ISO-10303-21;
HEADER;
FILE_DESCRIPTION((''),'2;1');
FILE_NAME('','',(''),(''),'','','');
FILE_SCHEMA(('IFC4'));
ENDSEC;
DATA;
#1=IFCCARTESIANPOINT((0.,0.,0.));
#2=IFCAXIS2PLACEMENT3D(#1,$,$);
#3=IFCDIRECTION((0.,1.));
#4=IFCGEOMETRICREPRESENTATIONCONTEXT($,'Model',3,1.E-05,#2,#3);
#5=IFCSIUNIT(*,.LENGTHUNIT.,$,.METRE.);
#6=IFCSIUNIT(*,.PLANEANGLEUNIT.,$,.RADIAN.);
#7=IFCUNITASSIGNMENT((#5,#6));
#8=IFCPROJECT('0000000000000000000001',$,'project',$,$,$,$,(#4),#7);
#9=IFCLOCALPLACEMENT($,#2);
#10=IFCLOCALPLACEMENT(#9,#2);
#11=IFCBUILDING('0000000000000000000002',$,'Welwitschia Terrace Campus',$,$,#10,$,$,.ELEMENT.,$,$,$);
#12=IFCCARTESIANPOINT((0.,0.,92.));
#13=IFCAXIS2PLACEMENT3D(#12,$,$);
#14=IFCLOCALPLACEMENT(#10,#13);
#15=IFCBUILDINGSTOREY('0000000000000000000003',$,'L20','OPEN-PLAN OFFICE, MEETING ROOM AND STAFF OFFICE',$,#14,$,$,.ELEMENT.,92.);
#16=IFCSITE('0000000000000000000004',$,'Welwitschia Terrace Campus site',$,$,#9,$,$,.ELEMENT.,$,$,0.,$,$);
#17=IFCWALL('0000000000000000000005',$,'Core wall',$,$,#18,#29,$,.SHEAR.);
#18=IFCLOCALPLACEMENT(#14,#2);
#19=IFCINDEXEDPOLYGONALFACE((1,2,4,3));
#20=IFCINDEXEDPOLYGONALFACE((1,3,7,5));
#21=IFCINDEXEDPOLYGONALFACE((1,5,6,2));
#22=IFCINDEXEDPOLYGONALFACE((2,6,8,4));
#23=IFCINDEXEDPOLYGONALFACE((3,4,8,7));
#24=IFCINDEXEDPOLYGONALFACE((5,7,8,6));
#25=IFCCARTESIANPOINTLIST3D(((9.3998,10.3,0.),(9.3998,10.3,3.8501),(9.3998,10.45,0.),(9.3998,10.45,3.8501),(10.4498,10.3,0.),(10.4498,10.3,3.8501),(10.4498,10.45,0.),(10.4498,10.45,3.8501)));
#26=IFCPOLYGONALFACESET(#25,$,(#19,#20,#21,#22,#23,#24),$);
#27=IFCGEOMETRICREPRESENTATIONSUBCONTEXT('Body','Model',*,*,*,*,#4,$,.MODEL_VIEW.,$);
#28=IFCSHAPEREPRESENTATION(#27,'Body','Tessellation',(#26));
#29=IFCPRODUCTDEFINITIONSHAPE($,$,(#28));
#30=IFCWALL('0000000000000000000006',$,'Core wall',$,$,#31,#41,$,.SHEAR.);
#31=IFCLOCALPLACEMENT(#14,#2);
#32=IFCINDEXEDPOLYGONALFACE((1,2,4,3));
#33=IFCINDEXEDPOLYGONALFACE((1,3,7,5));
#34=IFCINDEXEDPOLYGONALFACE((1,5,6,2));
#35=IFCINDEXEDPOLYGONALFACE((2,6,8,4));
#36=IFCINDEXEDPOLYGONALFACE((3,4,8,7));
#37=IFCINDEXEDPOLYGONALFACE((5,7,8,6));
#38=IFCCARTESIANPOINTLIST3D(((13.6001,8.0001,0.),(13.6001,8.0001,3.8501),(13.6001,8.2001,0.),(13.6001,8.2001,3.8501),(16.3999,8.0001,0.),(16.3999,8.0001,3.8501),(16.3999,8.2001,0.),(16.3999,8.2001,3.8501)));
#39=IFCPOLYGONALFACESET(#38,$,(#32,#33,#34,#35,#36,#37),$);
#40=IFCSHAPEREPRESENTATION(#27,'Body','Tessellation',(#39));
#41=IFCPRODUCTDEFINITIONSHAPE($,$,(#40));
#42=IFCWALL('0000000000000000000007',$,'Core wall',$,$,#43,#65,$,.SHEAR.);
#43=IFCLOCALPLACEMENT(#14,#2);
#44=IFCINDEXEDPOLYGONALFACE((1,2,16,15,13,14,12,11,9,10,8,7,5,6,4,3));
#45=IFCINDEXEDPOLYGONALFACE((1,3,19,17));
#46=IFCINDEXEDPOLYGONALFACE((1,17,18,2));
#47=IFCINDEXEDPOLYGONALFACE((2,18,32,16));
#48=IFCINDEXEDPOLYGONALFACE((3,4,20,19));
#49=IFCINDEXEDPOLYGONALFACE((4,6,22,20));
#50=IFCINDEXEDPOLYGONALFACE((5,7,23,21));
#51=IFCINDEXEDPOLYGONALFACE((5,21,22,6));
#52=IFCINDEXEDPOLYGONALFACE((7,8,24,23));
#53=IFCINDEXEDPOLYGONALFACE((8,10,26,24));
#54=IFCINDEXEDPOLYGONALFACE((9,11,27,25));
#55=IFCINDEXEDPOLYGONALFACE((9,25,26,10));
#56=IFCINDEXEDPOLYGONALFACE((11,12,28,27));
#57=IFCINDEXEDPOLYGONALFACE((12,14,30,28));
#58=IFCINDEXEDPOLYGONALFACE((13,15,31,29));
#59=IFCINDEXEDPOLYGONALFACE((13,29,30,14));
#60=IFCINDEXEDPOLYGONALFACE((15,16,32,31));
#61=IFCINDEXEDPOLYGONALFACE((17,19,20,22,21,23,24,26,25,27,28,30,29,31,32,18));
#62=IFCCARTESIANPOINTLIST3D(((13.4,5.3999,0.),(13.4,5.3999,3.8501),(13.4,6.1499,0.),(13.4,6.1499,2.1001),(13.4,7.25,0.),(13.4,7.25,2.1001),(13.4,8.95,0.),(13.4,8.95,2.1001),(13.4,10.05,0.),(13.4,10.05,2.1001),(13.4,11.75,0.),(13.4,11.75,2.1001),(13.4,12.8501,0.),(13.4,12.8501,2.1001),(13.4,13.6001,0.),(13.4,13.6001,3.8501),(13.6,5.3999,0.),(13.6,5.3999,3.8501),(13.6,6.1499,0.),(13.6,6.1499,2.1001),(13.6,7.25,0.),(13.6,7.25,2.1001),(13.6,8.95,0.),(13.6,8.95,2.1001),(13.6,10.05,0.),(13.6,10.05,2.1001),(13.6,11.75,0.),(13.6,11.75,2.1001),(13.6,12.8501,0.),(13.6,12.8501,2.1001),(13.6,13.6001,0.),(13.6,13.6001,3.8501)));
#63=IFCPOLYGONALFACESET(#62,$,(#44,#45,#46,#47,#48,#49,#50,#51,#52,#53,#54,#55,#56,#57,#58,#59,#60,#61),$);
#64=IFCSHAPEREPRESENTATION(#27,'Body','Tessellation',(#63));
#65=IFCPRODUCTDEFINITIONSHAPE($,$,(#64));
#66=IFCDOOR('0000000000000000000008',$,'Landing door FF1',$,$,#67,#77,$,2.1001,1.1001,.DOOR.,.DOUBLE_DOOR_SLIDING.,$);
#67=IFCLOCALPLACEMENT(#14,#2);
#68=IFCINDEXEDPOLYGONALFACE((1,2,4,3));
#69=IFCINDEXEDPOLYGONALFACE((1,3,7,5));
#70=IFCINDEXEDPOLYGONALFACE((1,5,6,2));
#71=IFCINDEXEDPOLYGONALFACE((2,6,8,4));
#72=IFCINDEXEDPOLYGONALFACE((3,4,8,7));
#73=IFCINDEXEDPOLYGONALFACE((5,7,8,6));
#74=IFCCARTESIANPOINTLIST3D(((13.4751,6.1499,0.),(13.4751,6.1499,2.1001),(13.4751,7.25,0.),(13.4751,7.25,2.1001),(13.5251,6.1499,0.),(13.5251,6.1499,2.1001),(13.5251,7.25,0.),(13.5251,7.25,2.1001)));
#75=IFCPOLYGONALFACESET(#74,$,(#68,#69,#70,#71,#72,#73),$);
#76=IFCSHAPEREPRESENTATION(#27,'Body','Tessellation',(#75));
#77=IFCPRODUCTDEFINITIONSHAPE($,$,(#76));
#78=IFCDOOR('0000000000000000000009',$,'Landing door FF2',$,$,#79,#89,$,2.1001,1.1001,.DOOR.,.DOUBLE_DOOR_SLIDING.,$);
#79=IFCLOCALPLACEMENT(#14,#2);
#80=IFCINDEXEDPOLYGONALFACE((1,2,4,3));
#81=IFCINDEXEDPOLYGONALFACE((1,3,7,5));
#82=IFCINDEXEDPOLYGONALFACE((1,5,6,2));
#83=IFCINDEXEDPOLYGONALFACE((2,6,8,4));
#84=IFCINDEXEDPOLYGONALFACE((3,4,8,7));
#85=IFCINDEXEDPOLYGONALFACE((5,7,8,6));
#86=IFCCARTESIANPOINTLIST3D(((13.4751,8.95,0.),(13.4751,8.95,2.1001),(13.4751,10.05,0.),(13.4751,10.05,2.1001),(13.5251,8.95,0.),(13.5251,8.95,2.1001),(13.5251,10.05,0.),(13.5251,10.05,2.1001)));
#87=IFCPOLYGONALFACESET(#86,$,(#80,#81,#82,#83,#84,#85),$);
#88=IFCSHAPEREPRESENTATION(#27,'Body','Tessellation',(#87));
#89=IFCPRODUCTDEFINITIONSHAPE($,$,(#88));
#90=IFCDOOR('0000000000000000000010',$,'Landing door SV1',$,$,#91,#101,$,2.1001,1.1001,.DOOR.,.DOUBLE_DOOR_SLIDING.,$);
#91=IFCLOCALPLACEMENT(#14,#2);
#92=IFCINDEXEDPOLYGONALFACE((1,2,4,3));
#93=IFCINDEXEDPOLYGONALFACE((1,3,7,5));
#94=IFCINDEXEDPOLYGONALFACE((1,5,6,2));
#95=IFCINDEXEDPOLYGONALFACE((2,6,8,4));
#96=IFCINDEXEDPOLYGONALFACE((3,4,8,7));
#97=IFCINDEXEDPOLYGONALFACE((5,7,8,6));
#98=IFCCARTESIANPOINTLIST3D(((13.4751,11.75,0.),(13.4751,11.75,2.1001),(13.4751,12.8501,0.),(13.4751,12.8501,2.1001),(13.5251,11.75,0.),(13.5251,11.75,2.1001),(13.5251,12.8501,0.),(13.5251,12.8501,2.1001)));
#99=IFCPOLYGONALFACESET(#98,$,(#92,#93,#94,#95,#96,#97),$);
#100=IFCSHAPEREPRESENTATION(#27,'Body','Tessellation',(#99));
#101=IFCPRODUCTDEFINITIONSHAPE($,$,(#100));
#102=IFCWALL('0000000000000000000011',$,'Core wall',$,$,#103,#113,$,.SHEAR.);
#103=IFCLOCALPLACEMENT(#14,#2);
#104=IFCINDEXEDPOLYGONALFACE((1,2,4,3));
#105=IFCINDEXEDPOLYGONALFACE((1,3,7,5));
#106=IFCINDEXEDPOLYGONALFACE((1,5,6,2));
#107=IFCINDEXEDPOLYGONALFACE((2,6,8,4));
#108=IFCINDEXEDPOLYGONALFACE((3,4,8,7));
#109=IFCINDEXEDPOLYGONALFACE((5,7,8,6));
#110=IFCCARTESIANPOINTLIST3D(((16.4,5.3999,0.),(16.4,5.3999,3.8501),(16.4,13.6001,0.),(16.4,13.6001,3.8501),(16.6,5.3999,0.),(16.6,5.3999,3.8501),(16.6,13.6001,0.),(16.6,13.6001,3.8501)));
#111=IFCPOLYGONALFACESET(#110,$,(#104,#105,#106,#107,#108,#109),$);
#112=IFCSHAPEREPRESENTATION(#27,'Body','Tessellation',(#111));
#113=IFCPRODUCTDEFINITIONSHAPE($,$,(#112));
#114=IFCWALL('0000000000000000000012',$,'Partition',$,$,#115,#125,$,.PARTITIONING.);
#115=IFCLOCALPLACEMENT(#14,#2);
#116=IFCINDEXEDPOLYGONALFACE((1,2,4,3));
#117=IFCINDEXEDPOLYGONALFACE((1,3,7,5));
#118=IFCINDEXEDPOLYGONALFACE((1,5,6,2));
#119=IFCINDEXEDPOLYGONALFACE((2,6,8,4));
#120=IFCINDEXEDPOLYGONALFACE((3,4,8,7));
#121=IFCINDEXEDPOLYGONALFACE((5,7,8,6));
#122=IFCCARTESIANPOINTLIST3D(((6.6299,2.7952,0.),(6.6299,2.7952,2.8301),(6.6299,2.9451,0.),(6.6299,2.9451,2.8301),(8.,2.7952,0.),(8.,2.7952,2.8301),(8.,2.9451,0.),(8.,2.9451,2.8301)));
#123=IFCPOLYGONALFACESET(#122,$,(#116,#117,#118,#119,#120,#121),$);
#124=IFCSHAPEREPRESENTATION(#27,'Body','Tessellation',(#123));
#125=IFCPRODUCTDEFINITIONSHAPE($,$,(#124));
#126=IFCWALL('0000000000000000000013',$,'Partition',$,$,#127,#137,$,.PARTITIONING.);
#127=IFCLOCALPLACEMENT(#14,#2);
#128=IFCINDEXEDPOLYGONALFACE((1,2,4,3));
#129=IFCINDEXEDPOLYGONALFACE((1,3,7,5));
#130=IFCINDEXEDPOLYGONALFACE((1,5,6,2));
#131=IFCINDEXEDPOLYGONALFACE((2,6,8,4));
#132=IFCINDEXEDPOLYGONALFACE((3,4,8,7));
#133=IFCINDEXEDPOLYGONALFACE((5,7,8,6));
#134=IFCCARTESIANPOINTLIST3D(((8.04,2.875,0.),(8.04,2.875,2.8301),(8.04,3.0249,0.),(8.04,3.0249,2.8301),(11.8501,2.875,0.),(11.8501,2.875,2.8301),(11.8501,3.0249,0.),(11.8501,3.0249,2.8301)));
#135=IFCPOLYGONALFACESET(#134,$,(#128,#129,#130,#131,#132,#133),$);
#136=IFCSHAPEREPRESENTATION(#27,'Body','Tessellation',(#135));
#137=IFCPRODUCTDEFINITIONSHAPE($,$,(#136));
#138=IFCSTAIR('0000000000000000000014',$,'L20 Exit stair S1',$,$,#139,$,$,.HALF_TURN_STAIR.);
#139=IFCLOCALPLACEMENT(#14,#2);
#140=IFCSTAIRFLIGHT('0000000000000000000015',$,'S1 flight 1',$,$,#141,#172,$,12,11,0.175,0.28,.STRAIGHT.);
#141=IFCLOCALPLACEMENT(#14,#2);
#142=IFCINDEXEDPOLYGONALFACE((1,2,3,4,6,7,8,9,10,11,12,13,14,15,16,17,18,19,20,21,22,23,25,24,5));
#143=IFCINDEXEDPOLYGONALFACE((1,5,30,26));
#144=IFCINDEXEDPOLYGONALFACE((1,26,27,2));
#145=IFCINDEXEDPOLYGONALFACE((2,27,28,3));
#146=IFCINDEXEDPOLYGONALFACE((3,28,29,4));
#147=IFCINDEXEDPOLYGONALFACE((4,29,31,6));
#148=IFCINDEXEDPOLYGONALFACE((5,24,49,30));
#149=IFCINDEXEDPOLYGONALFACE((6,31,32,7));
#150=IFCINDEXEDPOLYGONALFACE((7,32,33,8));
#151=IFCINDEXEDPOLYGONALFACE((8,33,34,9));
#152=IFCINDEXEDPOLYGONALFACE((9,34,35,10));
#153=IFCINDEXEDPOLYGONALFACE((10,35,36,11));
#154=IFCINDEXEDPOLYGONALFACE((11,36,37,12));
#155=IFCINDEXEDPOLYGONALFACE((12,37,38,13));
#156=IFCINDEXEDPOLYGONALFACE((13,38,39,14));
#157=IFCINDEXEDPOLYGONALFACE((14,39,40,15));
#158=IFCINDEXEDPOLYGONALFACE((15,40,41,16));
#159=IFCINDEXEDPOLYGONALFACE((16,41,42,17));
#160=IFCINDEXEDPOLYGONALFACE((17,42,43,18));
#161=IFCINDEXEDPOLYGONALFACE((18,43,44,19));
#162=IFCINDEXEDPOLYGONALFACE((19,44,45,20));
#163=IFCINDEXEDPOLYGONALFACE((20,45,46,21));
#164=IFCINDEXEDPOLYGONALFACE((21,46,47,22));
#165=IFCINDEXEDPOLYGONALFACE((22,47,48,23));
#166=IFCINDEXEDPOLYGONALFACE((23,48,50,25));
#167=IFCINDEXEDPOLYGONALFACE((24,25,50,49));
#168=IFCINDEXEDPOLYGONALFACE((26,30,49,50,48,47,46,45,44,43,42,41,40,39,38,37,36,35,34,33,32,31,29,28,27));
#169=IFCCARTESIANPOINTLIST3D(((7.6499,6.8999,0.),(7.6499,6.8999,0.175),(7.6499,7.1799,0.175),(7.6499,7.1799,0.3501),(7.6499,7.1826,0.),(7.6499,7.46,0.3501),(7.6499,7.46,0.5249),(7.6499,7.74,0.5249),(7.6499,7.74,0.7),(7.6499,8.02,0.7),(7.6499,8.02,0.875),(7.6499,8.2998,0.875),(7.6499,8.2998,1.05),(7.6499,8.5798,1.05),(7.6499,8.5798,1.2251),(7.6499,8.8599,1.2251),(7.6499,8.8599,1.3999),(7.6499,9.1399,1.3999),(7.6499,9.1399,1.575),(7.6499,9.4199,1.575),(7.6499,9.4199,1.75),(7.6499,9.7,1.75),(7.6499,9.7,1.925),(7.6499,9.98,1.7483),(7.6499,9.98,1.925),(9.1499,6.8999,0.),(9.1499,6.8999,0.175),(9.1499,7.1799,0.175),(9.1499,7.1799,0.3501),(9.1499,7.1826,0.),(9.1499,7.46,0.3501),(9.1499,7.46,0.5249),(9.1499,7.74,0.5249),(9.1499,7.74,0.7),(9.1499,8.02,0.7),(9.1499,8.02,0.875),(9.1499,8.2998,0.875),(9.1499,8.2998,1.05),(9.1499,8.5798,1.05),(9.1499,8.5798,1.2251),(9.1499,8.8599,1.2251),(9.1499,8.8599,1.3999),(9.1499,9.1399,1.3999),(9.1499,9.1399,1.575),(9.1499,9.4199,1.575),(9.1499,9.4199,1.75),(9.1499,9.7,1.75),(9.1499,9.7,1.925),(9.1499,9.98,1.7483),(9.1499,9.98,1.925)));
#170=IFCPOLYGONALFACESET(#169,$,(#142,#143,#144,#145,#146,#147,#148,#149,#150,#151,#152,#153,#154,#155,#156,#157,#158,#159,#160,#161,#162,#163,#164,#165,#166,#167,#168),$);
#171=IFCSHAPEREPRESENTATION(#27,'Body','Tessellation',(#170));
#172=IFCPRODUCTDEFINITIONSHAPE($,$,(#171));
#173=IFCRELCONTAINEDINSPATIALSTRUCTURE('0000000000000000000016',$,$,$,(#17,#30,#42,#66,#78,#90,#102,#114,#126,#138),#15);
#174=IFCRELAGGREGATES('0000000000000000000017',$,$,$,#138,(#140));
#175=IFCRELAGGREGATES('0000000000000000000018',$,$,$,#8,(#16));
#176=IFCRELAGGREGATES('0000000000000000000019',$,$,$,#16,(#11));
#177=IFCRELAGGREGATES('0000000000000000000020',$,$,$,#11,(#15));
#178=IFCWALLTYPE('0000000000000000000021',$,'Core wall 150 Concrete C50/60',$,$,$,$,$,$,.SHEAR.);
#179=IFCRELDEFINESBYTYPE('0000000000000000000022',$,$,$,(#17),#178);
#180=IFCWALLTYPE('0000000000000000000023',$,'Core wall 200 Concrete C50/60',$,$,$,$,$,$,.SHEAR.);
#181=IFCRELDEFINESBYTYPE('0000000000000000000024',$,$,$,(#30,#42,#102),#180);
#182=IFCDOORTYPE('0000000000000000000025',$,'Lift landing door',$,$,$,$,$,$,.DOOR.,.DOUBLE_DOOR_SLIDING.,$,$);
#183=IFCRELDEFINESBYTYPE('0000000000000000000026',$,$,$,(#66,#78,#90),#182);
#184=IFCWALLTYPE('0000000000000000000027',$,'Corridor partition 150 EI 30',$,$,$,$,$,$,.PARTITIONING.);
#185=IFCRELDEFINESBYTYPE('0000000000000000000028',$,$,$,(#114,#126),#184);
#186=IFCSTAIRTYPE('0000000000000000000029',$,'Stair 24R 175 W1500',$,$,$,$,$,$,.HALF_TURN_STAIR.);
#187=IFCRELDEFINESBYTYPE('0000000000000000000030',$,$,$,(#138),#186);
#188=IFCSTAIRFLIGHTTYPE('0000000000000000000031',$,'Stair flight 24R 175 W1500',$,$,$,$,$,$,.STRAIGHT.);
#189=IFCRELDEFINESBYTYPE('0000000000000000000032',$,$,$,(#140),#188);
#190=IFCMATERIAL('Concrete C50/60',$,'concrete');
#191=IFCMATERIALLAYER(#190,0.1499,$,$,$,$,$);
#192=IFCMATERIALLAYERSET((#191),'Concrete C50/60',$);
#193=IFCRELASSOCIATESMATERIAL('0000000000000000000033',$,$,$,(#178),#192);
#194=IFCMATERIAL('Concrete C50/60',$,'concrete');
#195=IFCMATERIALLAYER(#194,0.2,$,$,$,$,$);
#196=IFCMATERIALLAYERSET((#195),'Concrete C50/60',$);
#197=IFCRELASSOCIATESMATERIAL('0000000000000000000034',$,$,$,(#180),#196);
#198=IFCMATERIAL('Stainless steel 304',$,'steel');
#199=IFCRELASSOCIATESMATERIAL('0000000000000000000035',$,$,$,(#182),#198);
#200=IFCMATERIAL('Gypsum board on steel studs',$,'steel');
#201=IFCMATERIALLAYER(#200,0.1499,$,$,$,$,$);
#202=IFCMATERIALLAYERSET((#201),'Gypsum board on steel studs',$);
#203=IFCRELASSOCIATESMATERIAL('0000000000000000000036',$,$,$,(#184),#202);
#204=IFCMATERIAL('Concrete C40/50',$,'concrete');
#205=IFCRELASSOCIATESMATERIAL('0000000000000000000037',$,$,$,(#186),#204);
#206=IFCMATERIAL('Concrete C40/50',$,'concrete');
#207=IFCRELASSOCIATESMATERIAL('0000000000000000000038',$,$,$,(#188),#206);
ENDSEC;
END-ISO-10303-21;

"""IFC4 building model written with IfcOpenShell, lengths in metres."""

from ifc_helpers import new_model, si_unit, direction, frame, frame_2d, origin, place, context, subcontext, project, spatial, polyline, rectangle, outline, extrude, material, layer, layer_set, type_object, element, fill, aggregate, save


model = new_model("IFC4")

# Units and contexts
model_context = context("Model", 3, precision=1e-05, world=origin(), true_north=direction((0.0, 1.0)))
body_context = subcontext(model_context, "Body", "Model", "MODEL_VIEW")
ifc_project = project(units=[si_unit("LENGTHUNIT", "METRE"), si_unit("PLANEANGLEUNIT", "RADIAN")], contexts=[model_context])

# Site, building, storey
site_placement = place(None, origin())
site = spatial("IfcSite", under=ifc_project, at=site_placement, Name="Welwitschia Terrace Campus site", CompositionType="ELEMENT", RefElevation=0.0)
building_placement = place(site_placement, origin())
building = spatial("IfcBuilding", under=site, at=building_placement, Name="Welwitschia Terrace Campus", CompositionType="ELEMENT")
storey_placement = place(building_placement, frame((0.0, 0.0, 92.0)))
storey = spatial("IfcBuildingStorey", under=building, at=storey_placement, Name="L20", Description="OPEN-PLAN OFFICE, MEETING ROOM AND STAFF OFFICE", CompositionType="ELEMENT", Elevation=92.0)

# Walls
ifc_material_1 = material(Name="Concrete C50/60", Category="concrete")
ifc_layer_1 = layer(ifc_material_1, 0.1499)
ifc_layer_set_1 = layer_set([ifc_layer_1], Name="Concrete C50/60")
wall_type_1 = type_object("IfcWallType", Name="Core wall 150 Concrete C50/60", PredefinedType="SHEAR", material=ifc_layer_set_1)
for number, where, z_axis, x_axis, name in (
    (1, (9.3999, 10.375, 0.0), (0.0, 0.0, 1.0), (1.0, 0.0, 0.0), "Core wall"),
):
    element("IfcWall", number, at=place(storey_placement, frame(where, z_axis=z_axis, x_axis=x_axis)), inside=storey, type_object=wall_type_1, Name=name, PredefinedType="SHEAR", context=body_context, shape_type="SweptSolid", body=[
        extrude(rectangle(XDim=1.05, YDim=0.1499, at=frame_2d((0.5249, 0.0))), origin(), (0.0, 0.0, 1.0), 3.8501),
    ])
ifc_material_2 = material(Name="Concrete C50/60", Category="concrete")
ifc_layer_2 = layer(ifc_material_2, 0.2)
ifc_layer_set_2 = layer_set([ifc_layer_2], Name="Concrete C50/60")
wall_type_2 = type_object("IfcWallType", Name="Core wall 200 Concrete C50/60", PredefinedType="SHEAR", material=ifc_layer_set_2)
wall_1_placement = place(storey_placement, frame((13.6001, 8.1001, 0.0), z_axis=(0.0, 0.0, 1.0), x_axis=(1.0, 0.0, 0.0)))
element("IfcWall", 2, at=wall_1_placement, inside=storey, type_object=wall_type_2, Name="Core wall", PredefinedType="SHEAR", context=body_context, shape_type="SweptSolid", body=[
    extrude(rectangle(XDim=2.7998, YDim=0.2, at=frame_2d((1.3999, 0.0))), origin(), (0.0, 0.0, 1.0), 3.8501),
])

# Wall, openings, doors
wall_2_placement = place(storey_placement, frame((13.5, 5.3999, 0.0), z_axis=(0.0, 0.0, 1.0), x_axis=(0.0, 1.0, 0.0)))
wall_2 = element("IfcWall", 3, at=wall_2_placement, inside=storey, type_object=wall_type_2, Name="Core wall", PredefinedType="SHEAR", context=body_context, shape_type="SweptSolid", body=[
    extrude(rectangle(XDim=8.2002, YDim=0.2, at=frame_2d((4.1001, 0.0))), origin(), (0.0, 0.0, 1.0), 3.8501),
])
opening_1_placement = place(wall_2_placement, frame((0.75, 0.0, 0.0)))
opening_1 = element("IfcOpeningElement", 4, at=opening_1_placement, cuts=wall_2, PredefinedType="OPENING", context=body_context, shape_type="SweptSolid", body=[
    extrude(rectangle(XDim=1.1001, YDim=2.1001, at=frame_2d((0.55, 1.05))), frame((0.0, 0.1099, 0.0), z_axis=(0.0, -1.0, 0.0), x_axis=(1.0, 0.0, 0.0)), (0.0, 0.0, 1.0), 0.22),
])
opening_2_placement = place(wall_2_placement, frame((3.55, 0.0, 0.0)))
opening_2 = element("IfcOpeningElement", 5, at=opening_2_placement, cuts=wall_2, PredefinedType="OPENING", context=body_context, shape_type="SweptSolid", body=[
    extrude(rectangle(XDim=1.1001, YDim=2.1001, at=frame_2d((0.55, 1.05))), frame((0.0, 0.1099, 0.0), z_axis=(0.0, -1.0, 0.0), x_axis=(1.0, 0.0, 0.0)), (0.0, 0.0, 1.0), 0.22),
])
opening_3_placement = place(wall_2_placement, frame((6.3501, 0.0, 0.0)))
opening_3 = element("IfcOpeningElement", 6, at=opening_3_placement, cuts=wall_2, PredefinedType="OPENING", context=body_context, shape_type="SweptSolid", body=[
    extrude(rectangle(XDim=1.1001, YDim=2.1001, at=frame_2d((0.55, 1.05))), frame((0.0, 0.1099, 0.0), z_axis=(0.0, -1.0, 0.0), x_axis=(1.0, 0.0, 0.0)), (0.0, 0.0, 1.0), 0.22),
])
ifc_material_3 = material(Name="Stainless steel 304", Category="steel")
door_type = type_object("IfcDoorType", Name="Lift landing door", OperationType="DOUBLE_DOOR_SLIDING", PredefinedType="DOOR", material=ifc_material_3)
door_1_placement = place(opening_1_placement, origin())
door_1 = element("IfcDoor", 7, at=door_1_placement, inside=storey, type_object=door_type, Name="Landing door FF1", OperationType="DOUBLE_DOOR_SLIDING", OverallHeight=2.1001, OverallWidth=1.1001, PredefinedType="DOOR", context=body_context, shape_type="SweptSolid", body=[
    extrude(rectangle(XDim=1.1001, YDim=2.1001, at=frame_2d((0.55, 1.05))), frame((0.0, 0.0249, 0.0), z_axis=(0.0, -1.0, 0.0), x_axis=(1.0, 0.0, 0.0)), (0.0, 0.0, 1.0), 0.05),
])
fill(opening_1, door_1)
door_2_placement = place(opening_2_placement, origin())
door_2 = element("IfcDoor", 8, at=door_2_placement, inside=storey, type_object=door_type, Name="Landing door FF2", OperationType="DOUBLE_DOOR_SLIDING", OverallHeight=2.1001, OverallWidth=1.1001, PredefinedType="DOOR", context=body_context, shape_type="SweptSolid", body=[
    extrude(rectangle(XDim=1.1001, YDim=2.1001, at=frame_2d((0.55, 1.05))), frame((0.0, 0.0249, 0.0), z_axis=(0.0, -1.0, 0.0), x_axis=(1.0, 0.0, 0.0)), (0.0, 0.0, 1.0), 0.05),
])
fill(opening_2, door_2)
door_3_placement = place(opening_3_placement, origin())
door_3 = element("IfcDoor", 9, at=door_3_placement, inside=storey, type_object=door_type, Name="Landing door SV1", OperationType="DOUBLE_DOOR_SLIDING", OverallHeight=2.1001, OverallWidth=1.1001, PredefinedType="DOOR", context=body_context, shape_type="SweptSolid", body=[
    extrude(rectangle(XDim=1.1001, YDim=2.1001, at=frame_2d((0.55, 1.05))), frame((0.0, 0.0249, 0.0), z_axis=(0.0, -1.0, 0.0), x_axis=(1.0, 0.0, 0.0)), (0.0, 0.0, 1.0), 0.05),
])
fill(opening_3, door_3)

# Walls
wall_3_placement = place(storey_placement, frame((16.5, 5.3999, 0.0), z_axis=(0.0, 0.0, 1.0), x_axis=(0.0, 1.0, 0.0)))
element("IfcWall", 10, at=wall_3_placement, inside=storey, type_object=wall_type_2, Name="Core wall", PredefinedType="SHEAR", context=body_context, shape_type="SweptSolid", body=[
    extrude(rectangle(XDim=8.2002, YDim=0.2, at=frame_2d((4.1001, 0.0))), origin(), (0.0, 0.0, 1.0), 3.8501),
])
ifc_material_4 = material(Name="Gypsum board on steel studs", Category="steel")
ifc_layer_3 = layer(ifc_material_4, 0.1499)
ifc_layer_set_3 = layer_set([ifc_layer_3], Name="Gypsum board on steel studs")
wall_type_3 = type_object("IfcWallType", Name="Corridor partition 150 EI 30", PredefinedType="PARTITIONING", material=ifc_layer_set_3)
wall_4_placement = place(storey_placement, frame((6.6299, 2.8701, 0.0), z_axis=(0.0, 0.0, 1.0), x_axis=(1.0, 0.0, 0.0)))
element("IfcWall", 11, at=wall_4_placement, inside=storey, type_object=wall_type_3, Name="Partition", PredefinedType="PARTITIONING", context=body_context, shape_type="SweptSolid", body=[
    extrude(rectangle(XDim=1.3701, YDim=0.1499, at=frame_2d((0.6851, 0.0))), origin(), (0.0, 0.0, 1.0), 2.8301),
])
wall_5_placement = place(storey_placement, frame((8.04, 2.95, 0.0), z_axis=(0.0, 0.0, 1.0), x_axis=(1.0, 0.0, 0.0)))
element("IfcWall", 12, at=wall_5_placement, inside=storey, type_object=wall_type_3, Name="Partition", PredefinedType="PARTITIONING", context=body_context, shape_type="SweptSolid", body=[
    extrude(rectangle(XDim=3.8101, YDim=0.1499, at=frame_2d((1.905, 0.0))), origin(), (0.0, 0.0, 1.0), 2.8301),
])

# Stair, stair flight
ifc_material_5 = material(Name="Concrete C40/50", Category="concrete")
stair_type = type_object("IfcStairType", Name="Stair 24R 175 W1500", PredefinedType="HALF_TURN_STAIR", material=ifc_material_5)
stair_placement = place(storey_placement, origin())
stair = element("IfcStair", 13, at=stair_placement, inside=storey, type_object=stair_type, Name="L20 Exit stair S1", PredefinedType="HALF_TURN_STAIR")
ifc_material_6 = material(Name="Concrete C40/50", Category="concrete")
stair_flight_type = type_object("IfcStairFlightType", Name="Stair flight 24R 175 W1500", PredefinedType="STRAIGHT", material=ifc_material_6)
stair_flight_1_placement = place(storey_placement, frame((8.3999, 6.8999, 0.0), z_axis=(0.0, 0.0, 1.0), x_axis=(0.0, 1.0, 0.0)))
stair_flight_1 = element("IfcStairFlight", 14, at=stair_flight_1_placement, type_object=stair_flight_type, Name="S1 flight 1", NumberOfRisers=12, NumberOfTreads=11, PredefinedType="STRAIGHT", RiserHeight=0.175, TreadLength=0.28, context=body_context, shape_type="SweptSolid", body=[
    extrude(outline(polyline([(0.0, 0.0), (0.0, 0.175), (0.28, 0.175), (0.28, 0.3501), (0.5601, 0.3501), (0.5601, 0.5249), (0.8401, 0.5249), (0.8401, 0.7), (1.1201, 0.7), (1.1201, 0.875), (1.3999, 0.875), (1.3999, 1.05), (1.6799, 1.05), (1.6799, 1.2251), (1.96, 1.2251), (1.96, 1.3999), (2.24, 1.3999), (2.24, 1.575), (2.52, 1.575), (2.52, 1.75), (2.8, 1.75), (2.8, 1.925), (3.0801, 1.925), (3.0801, 2.1001), (3.0801, 1.7483), (0.2827, 0.0), (0.0, 0.0)])), frame((0.0, 0.75, 0.0), z_axis=(0.0, -1.0, 0.0), x_axis=(1.0, 0.0, 0.0)), (0.0, 0.0, 1.0), 1.5),
])
aggregate(stair, [stair_flight_1])

save(model, "model.ifc")
